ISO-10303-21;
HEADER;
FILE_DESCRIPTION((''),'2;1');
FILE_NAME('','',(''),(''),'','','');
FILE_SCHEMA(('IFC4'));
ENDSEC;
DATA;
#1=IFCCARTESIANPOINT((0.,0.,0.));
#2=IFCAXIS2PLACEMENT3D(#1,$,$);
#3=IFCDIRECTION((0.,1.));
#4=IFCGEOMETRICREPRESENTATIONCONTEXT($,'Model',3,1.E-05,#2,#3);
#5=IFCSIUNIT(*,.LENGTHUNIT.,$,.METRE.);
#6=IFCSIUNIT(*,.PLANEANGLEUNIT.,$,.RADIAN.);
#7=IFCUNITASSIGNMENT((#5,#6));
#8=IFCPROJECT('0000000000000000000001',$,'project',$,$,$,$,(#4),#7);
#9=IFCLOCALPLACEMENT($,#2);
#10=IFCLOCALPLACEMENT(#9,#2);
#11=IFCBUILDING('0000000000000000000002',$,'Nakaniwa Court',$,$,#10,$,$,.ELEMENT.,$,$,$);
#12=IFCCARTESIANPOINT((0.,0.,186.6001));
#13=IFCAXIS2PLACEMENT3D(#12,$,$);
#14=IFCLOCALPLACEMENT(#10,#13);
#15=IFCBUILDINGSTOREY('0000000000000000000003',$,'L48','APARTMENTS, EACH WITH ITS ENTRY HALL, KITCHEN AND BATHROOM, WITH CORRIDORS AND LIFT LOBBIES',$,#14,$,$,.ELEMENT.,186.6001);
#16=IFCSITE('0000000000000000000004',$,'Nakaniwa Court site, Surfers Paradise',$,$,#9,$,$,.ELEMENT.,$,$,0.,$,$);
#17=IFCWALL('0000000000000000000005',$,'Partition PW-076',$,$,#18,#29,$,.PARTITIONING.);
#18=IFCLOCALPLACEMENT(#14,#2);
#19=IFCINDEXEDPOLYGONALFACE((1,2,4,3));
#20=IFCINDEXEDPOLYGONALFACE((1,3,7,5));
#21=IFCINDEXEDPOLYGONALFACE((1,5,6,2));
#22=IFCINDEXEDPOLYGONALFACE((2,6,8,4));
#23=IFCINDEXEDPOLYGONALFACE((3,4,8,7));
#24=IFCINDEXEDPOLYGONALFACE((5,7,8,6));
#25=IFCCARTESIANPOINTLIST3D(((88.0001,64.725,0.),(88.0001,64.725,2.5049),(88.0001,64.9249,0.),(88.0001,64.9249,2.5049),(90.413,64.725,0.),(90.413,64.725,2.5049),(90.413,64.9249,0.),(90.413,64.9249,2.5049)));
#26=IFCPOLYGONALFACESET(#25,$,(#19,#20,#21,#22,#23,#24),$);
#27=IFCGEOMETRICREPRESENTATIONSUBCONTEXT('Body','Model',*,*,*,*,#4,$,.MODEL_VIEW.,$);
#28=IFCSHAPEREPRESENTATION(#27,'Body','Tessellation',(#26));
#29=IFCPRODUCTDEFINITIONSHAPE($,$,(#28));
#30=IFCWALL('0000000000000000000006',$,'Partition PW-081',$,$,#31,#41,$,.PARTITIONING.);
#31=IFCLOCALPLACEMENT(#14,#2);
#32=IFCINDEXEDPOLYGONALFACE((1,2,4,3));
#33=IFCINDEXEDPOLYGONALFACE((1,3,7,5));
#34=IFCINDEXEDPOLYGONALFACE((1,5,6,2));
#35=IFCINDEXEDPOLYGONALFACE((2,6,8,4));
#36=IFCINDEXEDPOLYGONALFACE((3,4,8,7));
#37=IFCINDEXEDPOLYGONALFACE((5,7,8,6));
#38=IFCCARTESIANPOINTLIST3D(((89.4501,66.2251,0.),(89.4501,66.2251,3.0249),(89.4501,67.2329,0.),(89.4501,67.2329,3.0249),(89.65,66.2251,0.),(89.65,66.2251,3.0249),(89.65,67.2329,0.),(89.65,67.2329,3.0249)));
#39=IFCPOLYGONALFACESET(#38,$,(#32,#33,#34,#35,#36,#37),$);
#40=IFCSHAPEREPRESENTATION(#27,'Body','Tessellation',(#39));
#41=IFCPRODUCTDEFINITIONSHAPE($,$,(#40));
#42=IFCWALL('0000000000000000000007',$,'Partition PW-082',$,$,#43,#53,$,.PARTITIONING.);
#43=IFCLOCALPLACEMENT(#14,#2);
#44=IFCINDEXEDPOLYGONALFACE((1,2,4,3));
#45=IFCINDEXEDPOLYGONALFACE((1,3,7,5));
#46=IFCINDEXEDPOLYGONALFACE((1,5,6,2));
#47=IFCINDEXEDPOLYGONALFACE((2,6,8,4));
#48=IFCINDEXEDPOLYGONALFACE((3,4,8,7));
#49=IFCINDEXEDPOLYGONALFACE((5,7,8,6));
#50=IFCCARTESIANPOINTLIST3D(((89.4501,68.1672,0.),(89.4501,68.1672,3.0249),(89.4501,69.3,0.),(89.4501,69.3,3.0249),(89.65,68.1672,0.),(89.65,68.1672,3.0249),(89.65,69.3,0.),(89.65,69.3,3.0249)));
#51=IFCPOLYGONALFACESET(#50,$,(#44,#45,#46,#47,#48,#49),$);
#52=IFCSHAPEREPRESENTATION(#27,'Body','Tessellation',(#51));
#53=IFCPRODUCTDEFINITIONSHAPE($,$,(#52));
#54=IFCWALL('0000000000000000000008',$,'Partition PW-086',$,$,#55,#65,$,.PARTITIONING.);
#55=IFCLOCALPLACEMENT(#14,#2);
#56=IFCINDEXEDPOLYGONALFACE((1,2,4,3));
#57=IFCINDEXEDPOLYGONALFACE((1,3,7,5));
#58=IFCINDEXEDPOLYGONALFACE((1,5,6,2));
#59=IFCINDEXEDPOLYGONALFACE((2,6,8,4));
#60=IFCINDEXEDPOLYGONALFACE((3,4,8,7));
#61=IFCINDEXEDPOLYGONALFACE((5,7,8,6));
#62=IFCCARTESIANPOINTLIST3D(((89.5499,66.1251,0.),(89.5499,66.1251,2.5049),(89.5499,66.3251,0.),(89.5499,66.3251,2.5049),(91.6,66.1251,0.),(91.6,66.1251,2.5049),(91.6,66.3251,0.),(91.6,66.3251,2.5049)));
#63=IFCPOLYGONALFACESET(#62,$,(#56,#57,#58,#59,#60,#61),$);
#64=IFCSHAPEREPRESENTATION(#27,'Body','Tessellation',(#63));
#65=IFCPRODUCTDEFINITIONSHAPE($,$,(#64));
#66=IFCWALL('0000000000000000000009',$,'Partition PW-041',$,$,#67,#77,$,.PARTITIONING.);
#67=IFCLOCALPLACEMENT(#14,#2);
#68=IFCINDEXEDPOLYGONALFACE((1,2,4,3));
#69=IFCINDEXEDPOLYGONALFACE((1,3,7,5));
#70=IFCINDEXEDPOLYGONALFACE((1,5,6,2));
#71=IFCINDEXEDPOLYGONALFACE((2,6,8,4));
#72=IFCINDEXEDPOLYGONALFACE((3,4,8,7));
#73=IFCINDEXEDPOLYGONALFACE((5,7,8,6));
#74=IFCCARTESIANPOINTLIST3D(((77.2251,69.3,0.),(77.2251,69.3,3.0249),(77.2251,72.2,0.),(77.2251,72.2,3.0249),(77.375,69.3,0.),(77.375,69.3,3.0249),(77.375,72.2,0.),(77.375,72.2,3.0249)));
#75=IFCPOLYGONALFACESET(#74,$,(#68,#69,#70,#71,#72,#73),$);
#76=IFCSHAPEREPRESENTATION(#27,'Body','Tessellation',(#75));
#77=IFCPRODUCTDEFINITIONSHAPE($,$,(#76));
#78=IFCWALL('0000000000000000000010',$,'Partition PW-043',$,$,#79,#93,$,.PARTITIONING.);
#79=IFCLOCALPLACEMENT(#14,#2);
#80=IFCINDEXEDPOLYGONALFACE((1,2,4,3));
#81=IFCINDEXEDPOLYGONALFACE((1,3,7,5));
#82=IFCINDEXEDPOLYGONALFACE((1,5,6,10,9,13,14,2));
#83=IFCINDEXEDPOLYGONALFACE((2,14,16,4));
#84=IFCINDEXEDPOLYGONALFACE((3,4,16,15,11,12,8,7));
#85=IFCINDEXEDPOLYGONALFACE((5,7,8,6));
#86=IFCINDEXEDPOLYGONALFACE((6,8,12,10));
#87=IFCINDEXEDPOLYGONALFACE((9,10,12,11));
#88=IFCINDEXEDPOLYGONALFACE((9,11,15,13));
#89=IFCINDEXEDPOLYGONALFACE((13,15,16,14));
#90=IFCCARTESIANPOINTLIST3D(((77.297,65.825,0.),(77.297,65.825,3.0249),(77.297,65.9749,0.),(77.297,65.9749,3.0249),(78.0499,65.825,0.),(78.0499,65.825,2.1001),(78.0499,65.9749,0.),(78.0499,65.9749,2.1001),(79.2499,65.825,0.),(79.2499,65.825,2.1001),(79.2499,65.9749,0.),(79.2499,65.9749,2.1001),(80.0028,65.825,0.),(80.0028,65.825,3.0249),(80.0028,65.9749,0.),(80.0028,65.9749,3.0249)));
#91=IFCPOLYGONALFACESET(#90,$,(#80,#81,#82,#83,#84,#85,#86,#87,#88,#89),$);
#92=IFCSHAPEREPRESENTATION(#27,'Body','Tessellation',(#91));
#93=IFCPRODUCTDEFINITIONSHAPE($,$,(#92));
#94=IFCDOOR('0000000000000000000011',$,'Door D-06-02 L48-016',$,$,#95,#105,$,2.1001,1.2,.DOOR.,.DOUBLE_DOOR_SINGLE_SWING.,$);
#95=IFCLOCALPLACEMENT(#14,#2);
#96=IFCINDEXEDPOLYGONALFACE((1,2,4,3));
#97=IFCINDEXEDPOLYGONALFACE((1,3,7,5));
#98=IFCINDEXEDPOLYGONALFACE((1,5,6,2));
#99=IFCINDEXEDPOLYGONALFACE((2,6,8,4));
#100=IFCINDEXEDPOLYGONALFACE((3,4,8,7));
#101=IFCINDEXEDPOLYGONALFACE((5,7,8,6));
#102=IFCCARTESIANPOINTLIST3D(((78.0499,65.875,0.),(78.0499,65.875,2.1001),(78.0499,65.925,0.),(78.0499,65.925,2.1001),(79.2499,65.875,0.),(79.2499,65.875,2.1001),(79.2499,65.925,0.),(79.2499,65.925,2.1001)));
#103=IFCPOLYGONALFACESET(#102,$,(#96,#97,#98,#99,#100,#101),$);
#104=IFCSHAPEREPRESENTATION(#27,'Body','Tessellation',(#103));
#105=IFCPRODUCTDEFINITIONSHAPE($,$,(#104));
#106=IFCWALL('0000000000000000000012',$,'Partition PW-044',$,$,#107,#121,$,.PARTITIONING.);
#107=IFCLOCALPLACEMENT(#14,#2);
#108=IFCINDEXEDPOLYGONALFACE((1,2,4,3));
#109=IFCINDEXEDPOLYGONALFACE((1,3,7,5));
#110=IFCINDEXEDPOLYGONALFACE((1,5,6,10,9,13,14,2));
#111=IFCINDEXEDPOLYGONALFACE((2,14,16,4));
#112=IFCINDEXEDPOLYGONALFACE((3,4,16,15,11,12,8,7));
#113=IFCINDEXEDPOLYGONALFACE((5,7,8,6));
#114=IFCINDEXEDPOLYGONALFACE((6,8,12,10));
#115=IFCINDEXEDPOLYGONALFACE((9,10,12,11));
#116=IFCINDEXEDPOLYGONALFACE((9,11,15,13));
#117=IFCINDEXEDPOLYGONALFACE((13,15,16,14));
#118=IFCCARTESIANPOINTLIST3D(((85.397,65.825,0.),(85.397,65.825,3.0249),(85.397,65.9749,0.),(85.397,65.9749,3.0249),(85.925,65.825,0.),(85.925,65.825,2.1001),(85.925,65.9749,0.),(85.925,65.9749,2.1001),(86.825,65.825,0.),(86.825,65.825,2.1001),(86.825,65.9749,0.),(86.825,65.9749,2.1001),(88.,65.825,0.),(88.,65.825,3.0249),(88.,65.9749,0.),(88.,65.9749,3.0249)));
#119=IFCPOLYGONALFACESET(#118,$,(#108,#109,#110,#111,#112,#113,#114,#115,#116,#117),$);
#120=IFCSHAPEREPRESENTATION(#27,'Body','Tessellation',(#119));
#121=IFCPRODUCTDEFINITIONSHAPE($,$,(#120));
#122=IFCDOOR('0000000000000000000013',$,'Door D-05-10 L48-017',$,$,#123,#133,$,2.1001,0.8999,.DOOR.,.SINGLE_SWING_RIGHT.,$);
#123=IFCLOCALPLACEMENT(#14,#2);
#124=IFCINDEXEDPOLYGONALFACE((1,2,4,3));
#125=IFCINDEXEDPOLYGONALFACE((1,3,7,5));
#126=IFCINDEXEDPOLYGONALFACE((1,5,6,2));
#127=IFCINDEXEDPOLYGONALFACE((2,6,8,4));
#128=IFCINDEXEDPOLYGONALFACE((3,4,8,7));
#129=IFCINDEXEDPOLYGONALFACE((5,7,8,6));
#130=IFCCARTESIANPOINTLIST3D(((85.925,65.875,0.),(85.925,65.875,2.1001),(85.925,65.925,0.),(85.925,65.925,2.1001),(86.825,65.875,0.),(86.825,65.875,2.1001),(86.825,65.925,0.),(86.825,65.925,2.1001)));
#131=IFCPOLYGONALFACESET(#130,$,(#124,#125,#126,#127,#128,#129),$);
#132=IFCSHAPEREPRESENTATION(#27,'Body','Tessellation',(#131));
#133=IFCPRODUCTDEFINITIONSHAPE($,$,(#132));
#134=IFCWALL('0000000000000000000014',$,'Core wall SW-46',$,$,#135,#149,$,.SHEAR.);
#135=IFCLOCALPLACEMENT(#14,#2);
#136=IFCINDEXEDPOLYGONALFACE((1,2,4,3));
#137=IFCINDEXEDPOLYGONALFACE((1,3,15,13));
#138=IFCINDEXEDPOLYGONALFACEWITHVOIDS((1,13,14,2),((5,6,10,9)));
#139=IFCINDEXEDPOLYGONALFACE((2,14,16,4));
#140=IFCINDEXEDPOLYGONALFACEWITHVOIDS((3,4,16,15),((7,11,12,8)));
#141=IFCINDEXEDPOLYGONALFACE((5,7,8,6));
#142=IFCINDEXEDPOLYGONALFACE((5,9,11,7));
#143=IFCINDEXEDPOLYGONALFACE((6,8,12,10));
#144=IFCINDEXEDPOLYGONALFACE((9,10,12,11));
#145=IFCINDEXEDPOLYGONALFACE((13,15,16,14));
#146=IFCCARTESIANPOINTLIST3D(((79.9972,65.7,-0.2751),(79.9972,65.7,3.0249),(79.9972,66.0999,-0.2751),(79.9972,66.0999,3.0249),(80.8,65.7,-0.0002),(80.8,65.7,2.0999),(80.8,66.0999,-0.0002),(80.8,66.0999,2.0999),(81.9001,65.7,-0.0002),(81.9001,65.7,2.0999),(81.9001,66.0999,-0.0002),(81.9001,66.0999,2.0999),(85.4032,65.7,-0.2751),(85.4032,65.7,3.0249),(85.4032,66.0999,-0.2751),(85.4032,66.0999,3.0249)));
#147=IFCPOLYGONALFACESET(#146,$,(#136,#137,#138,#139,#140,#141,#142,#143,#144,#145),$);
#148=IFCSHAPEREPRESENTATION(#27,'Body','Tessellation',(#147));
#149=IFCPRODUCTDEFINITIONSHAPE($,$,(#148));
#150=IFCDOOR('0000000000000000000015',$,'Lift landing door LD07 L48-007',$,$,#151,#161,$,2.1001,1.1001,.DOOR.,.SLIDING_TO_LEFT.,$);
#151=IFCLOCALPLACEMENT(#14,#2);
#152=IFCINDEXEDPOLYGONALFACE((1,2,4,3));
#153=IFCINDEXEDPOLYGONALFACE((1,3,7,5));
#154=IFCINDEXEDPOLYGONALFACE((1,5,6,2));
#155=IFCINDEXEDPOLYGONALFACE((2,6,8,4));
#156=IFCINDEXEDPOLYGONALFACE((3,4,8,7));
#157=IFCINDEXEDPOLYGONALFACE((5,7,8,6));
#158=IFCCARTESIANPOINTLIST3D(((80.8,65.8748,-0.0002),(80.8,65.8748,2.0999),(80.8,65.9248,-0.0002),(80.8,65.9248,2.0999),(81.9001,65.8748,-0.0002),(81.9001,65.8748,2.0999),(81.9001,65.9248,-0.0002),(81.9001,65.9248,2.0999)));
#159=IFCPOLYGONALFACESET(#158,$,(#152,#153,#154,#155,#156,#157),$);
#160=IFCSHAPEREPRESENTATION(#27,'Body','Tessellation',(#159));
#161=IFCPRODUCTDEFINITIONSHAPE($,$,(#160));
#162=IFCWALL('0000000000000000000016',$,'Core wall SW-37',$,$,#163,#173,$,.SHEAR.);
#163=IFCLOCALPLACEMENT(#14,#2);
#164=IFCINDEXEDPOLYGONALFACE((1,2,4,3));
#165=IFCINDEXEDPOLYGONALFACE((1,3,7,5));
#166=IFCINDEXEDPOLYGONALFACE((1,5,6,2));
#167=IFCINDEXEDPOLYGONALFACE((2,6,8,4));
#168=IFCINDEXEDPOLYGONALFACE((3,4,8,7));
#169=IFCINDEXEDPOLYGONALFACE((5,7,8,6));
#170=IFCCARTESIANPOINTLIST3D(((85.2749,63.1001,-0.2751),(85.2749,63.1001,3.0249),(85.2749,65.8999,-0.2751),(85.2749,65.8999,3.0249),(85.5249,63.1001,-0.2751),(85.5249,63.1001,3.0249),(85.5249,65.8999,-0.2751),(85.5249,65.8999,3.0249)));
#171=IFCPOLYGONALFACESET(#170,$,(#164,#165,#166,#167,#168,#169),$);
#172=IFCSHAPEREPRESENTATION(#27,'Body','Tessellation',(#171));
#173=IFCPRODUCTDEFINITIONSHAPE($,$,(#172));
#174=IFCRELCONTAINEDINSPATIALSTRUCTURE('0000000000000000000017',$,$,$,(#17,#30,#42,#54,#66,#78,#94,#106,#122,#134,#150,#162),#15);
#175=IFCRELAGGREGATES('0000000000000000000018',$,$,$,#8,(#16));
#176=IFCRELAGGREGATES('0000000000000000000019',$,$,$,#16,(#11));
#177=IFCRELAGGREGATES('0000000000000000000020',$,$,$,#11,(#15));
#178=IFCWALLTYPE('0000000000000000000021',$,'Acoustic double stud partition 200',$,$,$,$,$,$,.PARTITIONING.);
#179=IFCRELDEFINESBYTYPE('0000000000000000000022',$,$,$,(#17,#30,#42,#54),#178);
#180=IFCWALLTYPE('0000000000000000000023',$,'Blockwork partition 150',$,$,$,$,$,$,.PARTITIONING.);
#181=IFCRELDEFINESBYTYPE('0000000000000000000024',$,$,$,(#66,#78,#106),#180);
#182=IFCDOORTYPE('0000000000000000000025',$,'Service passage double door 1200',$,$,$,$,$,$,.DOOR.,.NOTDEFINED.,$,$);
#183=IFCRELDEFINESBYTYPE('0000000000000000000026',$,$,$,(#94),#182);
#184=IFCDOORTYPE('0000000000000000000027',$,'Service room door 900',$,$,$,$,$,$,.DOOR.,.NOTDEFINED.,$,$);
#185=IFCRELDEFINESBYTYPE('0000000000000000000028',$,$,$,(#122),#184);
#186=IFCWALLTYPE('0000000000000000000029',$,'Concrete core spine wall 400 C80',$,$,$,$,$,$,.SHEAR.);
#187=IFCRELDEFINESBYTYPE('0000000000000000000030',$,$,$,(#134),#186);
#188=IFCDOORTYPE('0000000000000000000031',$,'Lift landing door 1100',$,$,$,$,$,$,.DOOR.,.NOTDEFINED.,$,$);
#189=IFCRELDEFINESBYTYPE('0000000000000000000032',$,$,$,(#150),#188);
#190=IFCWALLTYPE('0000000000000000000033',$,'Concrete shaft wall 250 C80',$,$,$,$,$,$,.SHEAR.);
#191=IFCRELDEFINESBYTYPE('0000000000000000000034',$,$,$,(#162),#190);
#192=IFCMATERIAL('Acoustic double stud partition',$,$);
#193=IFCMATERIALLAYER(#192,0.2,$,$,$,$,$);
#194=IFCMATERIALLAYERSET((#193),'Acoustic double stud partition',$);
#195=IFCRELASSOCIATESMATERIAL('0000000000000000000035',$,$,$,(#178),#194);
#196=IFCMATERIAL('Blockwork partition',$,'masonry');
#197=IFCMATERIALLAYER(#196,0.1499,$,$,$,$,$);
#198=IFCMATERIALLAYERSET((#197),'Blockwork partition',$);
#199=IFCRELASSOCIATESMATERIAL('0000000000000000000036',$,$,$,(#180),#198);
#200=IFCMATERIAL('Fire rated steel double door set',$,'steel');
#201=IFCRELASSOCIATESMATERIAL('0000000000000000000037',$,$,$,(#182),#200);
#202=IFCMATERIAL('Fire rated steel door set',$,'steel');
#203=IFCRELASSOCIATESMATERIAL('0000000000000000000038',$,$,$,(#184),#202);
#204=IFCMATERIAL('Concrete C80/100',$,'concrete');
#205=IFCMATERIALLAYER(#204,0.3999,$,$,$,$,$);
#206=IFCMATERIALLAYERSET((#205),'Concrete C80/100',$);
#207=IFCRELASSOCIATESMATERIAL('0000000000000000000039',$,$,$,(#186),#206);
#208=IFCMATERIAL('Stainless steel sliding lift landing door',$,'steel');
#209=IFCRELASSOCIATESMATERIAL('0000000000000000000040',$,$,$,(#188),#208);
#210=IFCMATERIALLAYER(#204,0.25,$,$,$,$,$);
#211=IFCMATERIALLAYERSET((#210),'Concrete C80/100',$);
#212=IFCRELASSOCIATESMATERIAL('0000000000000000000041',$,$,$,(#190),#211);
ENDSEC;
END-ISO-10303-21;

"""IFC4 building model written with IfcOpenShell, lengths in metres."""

from ifc_helpers import new_model, si_unit, direction, frame, frame_2d, origin, place, context, subcontext, project, spatial, rectangle, extrude, material, layer, layer_set, type_object, element, fill, save


model = new_model("IFC4")

# Units and contexts
model_context = context("Model", 3, precision=1e-05, world=origin(), true_north=direction((0.0, 1.0)))
body_context = subcontext(model_context, "Body", "Model", "MODEL_VIEW")
ifc_project = project(units=[si_unit("LENGTHUNIT", "METRE"), si_unit("PLANEANGLEUNIT", "RADIAN")], contexts=[model_context])

# Site, building, storey
site_placement = place(None, origin())
site = spatial("IfcSite", under=ifc_project, at=site_placement, Name="Nakaniwa Court site, Surfers Paradise", CompositionType="ELEMENT", RefElevation=0.0)
building_placement = place(site_placement, origin())
building = spatial("IfcBuilding", under=site, at=building_placement, Name="Nakaniwa Court", CompositionType="ELEMENT")
storey_placement = place(building_placement, frame((0.0, 0.0, 186.6001)))
storey = spatial("IfcBuildingStorey", under=building, at=storey_placement, Name="L48", Description="APARTMENTS, EACH WITH ITS ENTRY HALL, KITCHEN AND BATHROOM, WITH CORRIDORS AND LIFT LOBBIES", CompositionType="ELEMENT", Elevation=186.6001)

# Walls
ifc_material_1 = material(Name="Acoustic double stud partition")
ifc_layer_1 = layer(ifc_material_1, 0.2)
ifc_layer_set_1 = layer_set([ifc_layer_1], Name="Acoustic double stud partition")
wall_type_1 = type_object("IfcWallType", Name="Acoustic double stud partition 200", PredefinedType="PARTITIONING", material=ifc_layer_set_1)
wall_1_placement = place(storey_placement, frame((88.0, 64.825, 0.0), z_axis=(0.0, 0.0, 1.0), x_axis=(1.0, 0.0, 0.0)))
element("IfcWall", 1, at=wall_1_placement, inside=storey, type_object=wall_type_1, Name="Partition PW-076", PredefinedType="PARTITIONING", context=body_context, shape_type="SweptSolid", body=[
    extrude(rectangle(XDim=2.4128, YDim=0.2, at=frame_2d((1.2065, 0.0))), origin(), (0.0, 0.0, 1.0), 2.5049),
])
wall_2_placement = place(storey_placement, frame((89.55, 66.2251, 0.0), z_axis=(0.0, 0.0, 1.0), x_axis=(0.0, 1.0, 0.0)))
element("IfcWall", 2, at=wall_2_placement, inside=storey, type_object=wall_type_1, Name="Partition PW-081", PredefinedType="PARTITIONING", context=body_context, shape_type="SweptSolid", body=[
    extrude(rectangle(XDim=1.0078, YDim=0.2, at=frame_2d((0.5039, 0.0))), origin(), (0.0, 0.0, 1.0), 3.0249),
])
wall_3_placement = place(storey_placement, frame((89.55, 68.1672, 0.0), z_axis=(0.0, 0.0, 1.0), x_axis=(0.0, 1.0, 0.0)))
element("IfcWall", 3, at=wall_3_placement, inside=storey, type_object=wall_type_1, Name="Partition PW-082", PredefinedType="PARTITIONING", context=body_context, shape_type="SweptSolid", body=[
    extrude(rectangle(XDim=1.1328, YDim=0.2, at=frame_2d((0.5664, 0.0))), origin(), (0.0, 0.0, 1.0), 3.0249),
])
wall_4_placement = place(storey_placement, frame((89.55, 66.2251, 0.0), z_axis=(0.0, 0.0, 1.0), x_axis=(1.0, 0.0, 0.0)))
element("IfcWall", 4, at=wall_4_placement, inside=storey, type_object=wall_type_1, Name="Partition PW-086", PredefinedType="PARTITIONING", context=body_context, shape_type="SweptSolid", body=[
    extrude(rectangle(XDim=2.05, YDim=0.2, at=frame_2d((1.0249, 0.0))), origin(), (0.0, 0.0, 1.0), 2.5049),
])
ifc_material_2 = material(Name="Blockwork partition", Category="masonry")
ifc_layer_2 = layer(ifc_material_2, 0.1499)
ifc_layer_set_2 = layer_set([ifc_layer_2], Name="Blockwork partition")
wall_type_2 = type_object("IfcWallType", Name="Blockwork partition 150", PredefinedType="PARTITIONING", material=ifc_layer_set_2)
wall_5_placement = place(storey_placement, frame((77.3, 69.3, 0.0), z_axis=(0.0, 0.0, 1.0), x_axis=(0.0, 1.0, 0.0)))
element("IfcWall", 5, at=wall_5_placement, inside=storey, type_object=wall_type_2, Name="Partition PW-041", PredefinedType="PARTITIONING", context=body_context, shape_type="SweptSolid", body=[
    extrude(rectangle(XDim=2.8999, YDim=0.1499, at=frame_2d((1.45, 0.0))), origin(), (0.0, 0.0, 1.0), 3.0249),
])

# Walls, openings, doors
wall_6_placement = place(storey_placement, frame((80.0029, 65.8999, 0.0), z_axis=(0.0, 0.0, 1.0), x_axis=(-1.0, 0.0, 0.0)))
wall_6 = element("IfcWall", 6, at=wall_6_placement, inside=storey, type_object=wall_type_2, Name="Partition PW-043", PredefinedType="PARTITIONING", context=body_context, shape_type="SweptSolid", body=[
    extrude(rectangle(XDim=2.7058, YDim=0.1499, at=frame_2d((1.353, 0.0))), origin(), (0.0, 0.0, 1.0), 3.0249),
])
opening_1_placement = place(wall_6_placement, frame((0.7529, 0.0, 0.0)))
opening_1 = element("IfcOpeningElement", 7, at=opening_1_placement, cuts=wall_6, PredefinedType="OPENING", context=body_context, shape_type="SweptSolid", body=[
    extrude(rectangle(XDim=1.2, YDim=2.1001, at=frame_2d((0.6001, 1.05))), frame((0.0, 0.085, 0.0), z_axis=(0.0, -1.0, 0.0), x_axis=(1.0, 0.0, 0.0)), (0.0, 0.0, 1.0), 0.1699),
])
ifc_material_3 = material(Name="Fire rated steel double door set", Category="steel")
door_type_1 = type_object("IfcDoorType", Name="Service passage double door 1200", OperationType="NOTDEFINED", PredefinedType="DOOR", material=ifc_material_3)
door_1_placement = place(opening_1_placement, origin())
door_1 = element("IfcDoor", 8, at=door_1_placement, inside=storey, type_object=door_type_1, Name="Door D-06-02 L48-016", OperationType="DOUBLE_DOOR_SINGLE_SWING", OverallHeight=2.1001, OverallWidth=1.2, PredefinedType="DOOR", context=body_context, shape_type="SweptSolid", body=[
    extrude(rectangle(XDim=1.2, YDim=2.1001, at=frame_2d((0.6001, 1.05))), frame((0.0, 0.0249, 0.0), z_axis=(0.0, -1.0, 0.0), x_axis=(1.0, 0.0, 0.0)), (0.0, 0.0, 1.0), 0.05),
])
fill(opening_1, door_1)
wall_7_placement = place(storey_placement, frame((88.0, 65.8999, 0.0), z_axis=(0.0, 0.0, 1.0), x_axis=(-1.0, 0.0, 0.0)))
wall_7 = element("IfcWall", 9, at=wall_7_placement, inside=storey, type_object=wall_type_2, Name="Partition PW-044", PredefinedType="PARTITIONING", context=body_context, shape_type="SweptSolid", body=[
    extrude(rectangle(XDim=2.603, YDim=0.1499, at=frame_2d((1.3015, 0.0))), origin(), (0.0, 0.0, 1.0), 3.0249),
])
opening_2_placement = place(wall_7_placement, frame((1.175, 0.0, 0.0)))
opening_2 = element("IfcOpeningElement", 10, at=opening_2_placement, cuts=wall_7, PredefinedType="OPENING", context=body_context, shape_type="SweptSolid", body=[
    extrude(rectangle(XDim=0.8999, YDim=2.1001, at=frame_2d((0.45, 1.05))), frame((0.0, 0.085, 0.0), z_axis=(0.0, -1.0, 0.0), x_axis=(1.0, 0.0, 0.0)), (0.0, 0.0, 1.0), 0.1699),
])
ifc_material_4 = material(Name="Fire rated steel door set", Category="steel")
door_type_2 = type_object("IfcDoorType", Name="Service room door 900", OperationType="NOTDEFINED", PredefinedType="DOOR", material=ifc_material_4)
door_2_placement = place(opening_2_placement, origin())
door_2 = element("IfcDoor", 11, at=door_2_placement, inside=storey, type_object=door_type_2, Name="Door D-05-10 L48-017", OperationType="SINGLE_SWING_RIGHT", OverallHeight=2.1001, OverallWidth=0.8999, PredefinedType="DOOR", context=body_context, shape_type="SweptSolid", body=[
    extrude(rectangle(XDim=0.8999, YDim=2.1001, at=frame_2d((0.45, 1.05))), frame((0.0, 0.0249, 0.0), z_axis=(0.0, -1.0, 0.0), x_axis=(1.0, 0.0, 0.0)), (0.0, 0.0, 1.0), 0.05),
])
fill(opening_2, door_2)
ifc_material_5 = material(Name="Concrete C80/100", Category="concrete")
ifc_layer_3 = layer(ifc_material_5, 0.3999)
ifc_layer_set_3 = layer_set([ifc_layer_3], Name="Concrete C80/100")
wall_type_3 = type_object("IfcWallType", Name="Concrete core spine wall 400 C80", PredefinedType="SHEAR", material=ifc_layer_set_3)
wall_8_placement = place(storey_placement, frame((79.9971, 65.8999, -0.2751), z_axis=(0.0, 0.0, 1.0), x_axis=(1.0, 0.0, 0.0)))
wall_8 = element("IfcWall", 12, at=wall_8_placement, inside=storey, type_object=wall_type_3, Name="Core wall SW-46", PredefinedType="SHEAR", context=body_context, shape_type="SweptSolid", body=[
    extrude(rectangle(XDim=5.406, YDim=0.3999, at=frame_2d((2.7031, 0.0))), origin(), (0.0, 0.0, 1.0), 3.3),
])
opening_3_placement = place(wall_8_placement, frame((0.803, 0.0, 0.2749)))
opening_3 = element("IfcOpeningElement", 13, at=opening_3_placement, cuts=wall_8, PredefinedType="OPENING", context=body_context, shape_type="SweptSolid", body=[
    extrude(rectangle(XDim=1.1001, YDim=2.1001, at=frame_2d((0.55, 1.05))), frame((0.0, 0.21, 0.0), z_axis=(0.0, -1.0, 0.0), x_axis=(1.0, 0.0, 0.0)), (0.0, 0.0, 1.0), 0.4199),
])
ifc_material_6 = material(Name="Stainless steel sliding lift landing door", Category="steel")
door_type_3 = type_object("IfcDoorType", Name="Lift landing door 1100", OperationType="NOTDEFINED", PredefinedType="DOOR", material=ifc_material_6)
door_3_placement = place(opening_3_placement, origin())
door_3 = element("IfcDoor", 14, at=door_3_placement, inside=storey, type_object=door_type_3, Name="Lift landing door LD07 L48-007", OperationType="SLIDING_TO_LEFT", OverallHeight=2.1001, OverallWidth=1.1001, PredefinedType="DOOR", context=body_context, shape_type="SweptSolid", body=[
    extrude(rectangle(XDim=1.1001, YDim=2.1001, at=frame_2d((0.55, 1.05))), frame((0.0, 0.0249, 0.0), z_axis=(0.0, -1.0, 0.0), x_axis=(1.0, 0.0, 0.0)), (0.0, 0.0, 1.0), 0.05),
])
fill(opening_3, door_3)

# Wall
ifc_layer_4 = layer(ifc_material_5, 0.25)
ifc_layer_set_4 = layer_set([ifc_layer_4], Name="Concrete C80/100")
wall_type_4 = type_object("IfcWallType", Name="Concrete shaft wall 250 C80", PredefinedType="SHEAR", material=ifc_layer_set_4)
wall_9_placement = place(storey_placement, frame((85.3999, 63.1001, -0.2751), z_axis=(0.0, 0.0, 1.0), x_axis=(0.0, 1.0, 0.0)))
element("IfcWall", 15, at=wall_9_placement, inside=storey, type_object=wall_type_4, Name="Core wall SW-37", PredefinedType="SHEAR", context=body_context, shape_type="SweptSolid", body=[
    extrude(rectangle(XDim=2.7998, YDim=0.25, at=frame_2d((1.3999, 0.0))), origin(), (0.0, 0.0, 1.0), 3.3),
])

save(model, "model.ifc")
